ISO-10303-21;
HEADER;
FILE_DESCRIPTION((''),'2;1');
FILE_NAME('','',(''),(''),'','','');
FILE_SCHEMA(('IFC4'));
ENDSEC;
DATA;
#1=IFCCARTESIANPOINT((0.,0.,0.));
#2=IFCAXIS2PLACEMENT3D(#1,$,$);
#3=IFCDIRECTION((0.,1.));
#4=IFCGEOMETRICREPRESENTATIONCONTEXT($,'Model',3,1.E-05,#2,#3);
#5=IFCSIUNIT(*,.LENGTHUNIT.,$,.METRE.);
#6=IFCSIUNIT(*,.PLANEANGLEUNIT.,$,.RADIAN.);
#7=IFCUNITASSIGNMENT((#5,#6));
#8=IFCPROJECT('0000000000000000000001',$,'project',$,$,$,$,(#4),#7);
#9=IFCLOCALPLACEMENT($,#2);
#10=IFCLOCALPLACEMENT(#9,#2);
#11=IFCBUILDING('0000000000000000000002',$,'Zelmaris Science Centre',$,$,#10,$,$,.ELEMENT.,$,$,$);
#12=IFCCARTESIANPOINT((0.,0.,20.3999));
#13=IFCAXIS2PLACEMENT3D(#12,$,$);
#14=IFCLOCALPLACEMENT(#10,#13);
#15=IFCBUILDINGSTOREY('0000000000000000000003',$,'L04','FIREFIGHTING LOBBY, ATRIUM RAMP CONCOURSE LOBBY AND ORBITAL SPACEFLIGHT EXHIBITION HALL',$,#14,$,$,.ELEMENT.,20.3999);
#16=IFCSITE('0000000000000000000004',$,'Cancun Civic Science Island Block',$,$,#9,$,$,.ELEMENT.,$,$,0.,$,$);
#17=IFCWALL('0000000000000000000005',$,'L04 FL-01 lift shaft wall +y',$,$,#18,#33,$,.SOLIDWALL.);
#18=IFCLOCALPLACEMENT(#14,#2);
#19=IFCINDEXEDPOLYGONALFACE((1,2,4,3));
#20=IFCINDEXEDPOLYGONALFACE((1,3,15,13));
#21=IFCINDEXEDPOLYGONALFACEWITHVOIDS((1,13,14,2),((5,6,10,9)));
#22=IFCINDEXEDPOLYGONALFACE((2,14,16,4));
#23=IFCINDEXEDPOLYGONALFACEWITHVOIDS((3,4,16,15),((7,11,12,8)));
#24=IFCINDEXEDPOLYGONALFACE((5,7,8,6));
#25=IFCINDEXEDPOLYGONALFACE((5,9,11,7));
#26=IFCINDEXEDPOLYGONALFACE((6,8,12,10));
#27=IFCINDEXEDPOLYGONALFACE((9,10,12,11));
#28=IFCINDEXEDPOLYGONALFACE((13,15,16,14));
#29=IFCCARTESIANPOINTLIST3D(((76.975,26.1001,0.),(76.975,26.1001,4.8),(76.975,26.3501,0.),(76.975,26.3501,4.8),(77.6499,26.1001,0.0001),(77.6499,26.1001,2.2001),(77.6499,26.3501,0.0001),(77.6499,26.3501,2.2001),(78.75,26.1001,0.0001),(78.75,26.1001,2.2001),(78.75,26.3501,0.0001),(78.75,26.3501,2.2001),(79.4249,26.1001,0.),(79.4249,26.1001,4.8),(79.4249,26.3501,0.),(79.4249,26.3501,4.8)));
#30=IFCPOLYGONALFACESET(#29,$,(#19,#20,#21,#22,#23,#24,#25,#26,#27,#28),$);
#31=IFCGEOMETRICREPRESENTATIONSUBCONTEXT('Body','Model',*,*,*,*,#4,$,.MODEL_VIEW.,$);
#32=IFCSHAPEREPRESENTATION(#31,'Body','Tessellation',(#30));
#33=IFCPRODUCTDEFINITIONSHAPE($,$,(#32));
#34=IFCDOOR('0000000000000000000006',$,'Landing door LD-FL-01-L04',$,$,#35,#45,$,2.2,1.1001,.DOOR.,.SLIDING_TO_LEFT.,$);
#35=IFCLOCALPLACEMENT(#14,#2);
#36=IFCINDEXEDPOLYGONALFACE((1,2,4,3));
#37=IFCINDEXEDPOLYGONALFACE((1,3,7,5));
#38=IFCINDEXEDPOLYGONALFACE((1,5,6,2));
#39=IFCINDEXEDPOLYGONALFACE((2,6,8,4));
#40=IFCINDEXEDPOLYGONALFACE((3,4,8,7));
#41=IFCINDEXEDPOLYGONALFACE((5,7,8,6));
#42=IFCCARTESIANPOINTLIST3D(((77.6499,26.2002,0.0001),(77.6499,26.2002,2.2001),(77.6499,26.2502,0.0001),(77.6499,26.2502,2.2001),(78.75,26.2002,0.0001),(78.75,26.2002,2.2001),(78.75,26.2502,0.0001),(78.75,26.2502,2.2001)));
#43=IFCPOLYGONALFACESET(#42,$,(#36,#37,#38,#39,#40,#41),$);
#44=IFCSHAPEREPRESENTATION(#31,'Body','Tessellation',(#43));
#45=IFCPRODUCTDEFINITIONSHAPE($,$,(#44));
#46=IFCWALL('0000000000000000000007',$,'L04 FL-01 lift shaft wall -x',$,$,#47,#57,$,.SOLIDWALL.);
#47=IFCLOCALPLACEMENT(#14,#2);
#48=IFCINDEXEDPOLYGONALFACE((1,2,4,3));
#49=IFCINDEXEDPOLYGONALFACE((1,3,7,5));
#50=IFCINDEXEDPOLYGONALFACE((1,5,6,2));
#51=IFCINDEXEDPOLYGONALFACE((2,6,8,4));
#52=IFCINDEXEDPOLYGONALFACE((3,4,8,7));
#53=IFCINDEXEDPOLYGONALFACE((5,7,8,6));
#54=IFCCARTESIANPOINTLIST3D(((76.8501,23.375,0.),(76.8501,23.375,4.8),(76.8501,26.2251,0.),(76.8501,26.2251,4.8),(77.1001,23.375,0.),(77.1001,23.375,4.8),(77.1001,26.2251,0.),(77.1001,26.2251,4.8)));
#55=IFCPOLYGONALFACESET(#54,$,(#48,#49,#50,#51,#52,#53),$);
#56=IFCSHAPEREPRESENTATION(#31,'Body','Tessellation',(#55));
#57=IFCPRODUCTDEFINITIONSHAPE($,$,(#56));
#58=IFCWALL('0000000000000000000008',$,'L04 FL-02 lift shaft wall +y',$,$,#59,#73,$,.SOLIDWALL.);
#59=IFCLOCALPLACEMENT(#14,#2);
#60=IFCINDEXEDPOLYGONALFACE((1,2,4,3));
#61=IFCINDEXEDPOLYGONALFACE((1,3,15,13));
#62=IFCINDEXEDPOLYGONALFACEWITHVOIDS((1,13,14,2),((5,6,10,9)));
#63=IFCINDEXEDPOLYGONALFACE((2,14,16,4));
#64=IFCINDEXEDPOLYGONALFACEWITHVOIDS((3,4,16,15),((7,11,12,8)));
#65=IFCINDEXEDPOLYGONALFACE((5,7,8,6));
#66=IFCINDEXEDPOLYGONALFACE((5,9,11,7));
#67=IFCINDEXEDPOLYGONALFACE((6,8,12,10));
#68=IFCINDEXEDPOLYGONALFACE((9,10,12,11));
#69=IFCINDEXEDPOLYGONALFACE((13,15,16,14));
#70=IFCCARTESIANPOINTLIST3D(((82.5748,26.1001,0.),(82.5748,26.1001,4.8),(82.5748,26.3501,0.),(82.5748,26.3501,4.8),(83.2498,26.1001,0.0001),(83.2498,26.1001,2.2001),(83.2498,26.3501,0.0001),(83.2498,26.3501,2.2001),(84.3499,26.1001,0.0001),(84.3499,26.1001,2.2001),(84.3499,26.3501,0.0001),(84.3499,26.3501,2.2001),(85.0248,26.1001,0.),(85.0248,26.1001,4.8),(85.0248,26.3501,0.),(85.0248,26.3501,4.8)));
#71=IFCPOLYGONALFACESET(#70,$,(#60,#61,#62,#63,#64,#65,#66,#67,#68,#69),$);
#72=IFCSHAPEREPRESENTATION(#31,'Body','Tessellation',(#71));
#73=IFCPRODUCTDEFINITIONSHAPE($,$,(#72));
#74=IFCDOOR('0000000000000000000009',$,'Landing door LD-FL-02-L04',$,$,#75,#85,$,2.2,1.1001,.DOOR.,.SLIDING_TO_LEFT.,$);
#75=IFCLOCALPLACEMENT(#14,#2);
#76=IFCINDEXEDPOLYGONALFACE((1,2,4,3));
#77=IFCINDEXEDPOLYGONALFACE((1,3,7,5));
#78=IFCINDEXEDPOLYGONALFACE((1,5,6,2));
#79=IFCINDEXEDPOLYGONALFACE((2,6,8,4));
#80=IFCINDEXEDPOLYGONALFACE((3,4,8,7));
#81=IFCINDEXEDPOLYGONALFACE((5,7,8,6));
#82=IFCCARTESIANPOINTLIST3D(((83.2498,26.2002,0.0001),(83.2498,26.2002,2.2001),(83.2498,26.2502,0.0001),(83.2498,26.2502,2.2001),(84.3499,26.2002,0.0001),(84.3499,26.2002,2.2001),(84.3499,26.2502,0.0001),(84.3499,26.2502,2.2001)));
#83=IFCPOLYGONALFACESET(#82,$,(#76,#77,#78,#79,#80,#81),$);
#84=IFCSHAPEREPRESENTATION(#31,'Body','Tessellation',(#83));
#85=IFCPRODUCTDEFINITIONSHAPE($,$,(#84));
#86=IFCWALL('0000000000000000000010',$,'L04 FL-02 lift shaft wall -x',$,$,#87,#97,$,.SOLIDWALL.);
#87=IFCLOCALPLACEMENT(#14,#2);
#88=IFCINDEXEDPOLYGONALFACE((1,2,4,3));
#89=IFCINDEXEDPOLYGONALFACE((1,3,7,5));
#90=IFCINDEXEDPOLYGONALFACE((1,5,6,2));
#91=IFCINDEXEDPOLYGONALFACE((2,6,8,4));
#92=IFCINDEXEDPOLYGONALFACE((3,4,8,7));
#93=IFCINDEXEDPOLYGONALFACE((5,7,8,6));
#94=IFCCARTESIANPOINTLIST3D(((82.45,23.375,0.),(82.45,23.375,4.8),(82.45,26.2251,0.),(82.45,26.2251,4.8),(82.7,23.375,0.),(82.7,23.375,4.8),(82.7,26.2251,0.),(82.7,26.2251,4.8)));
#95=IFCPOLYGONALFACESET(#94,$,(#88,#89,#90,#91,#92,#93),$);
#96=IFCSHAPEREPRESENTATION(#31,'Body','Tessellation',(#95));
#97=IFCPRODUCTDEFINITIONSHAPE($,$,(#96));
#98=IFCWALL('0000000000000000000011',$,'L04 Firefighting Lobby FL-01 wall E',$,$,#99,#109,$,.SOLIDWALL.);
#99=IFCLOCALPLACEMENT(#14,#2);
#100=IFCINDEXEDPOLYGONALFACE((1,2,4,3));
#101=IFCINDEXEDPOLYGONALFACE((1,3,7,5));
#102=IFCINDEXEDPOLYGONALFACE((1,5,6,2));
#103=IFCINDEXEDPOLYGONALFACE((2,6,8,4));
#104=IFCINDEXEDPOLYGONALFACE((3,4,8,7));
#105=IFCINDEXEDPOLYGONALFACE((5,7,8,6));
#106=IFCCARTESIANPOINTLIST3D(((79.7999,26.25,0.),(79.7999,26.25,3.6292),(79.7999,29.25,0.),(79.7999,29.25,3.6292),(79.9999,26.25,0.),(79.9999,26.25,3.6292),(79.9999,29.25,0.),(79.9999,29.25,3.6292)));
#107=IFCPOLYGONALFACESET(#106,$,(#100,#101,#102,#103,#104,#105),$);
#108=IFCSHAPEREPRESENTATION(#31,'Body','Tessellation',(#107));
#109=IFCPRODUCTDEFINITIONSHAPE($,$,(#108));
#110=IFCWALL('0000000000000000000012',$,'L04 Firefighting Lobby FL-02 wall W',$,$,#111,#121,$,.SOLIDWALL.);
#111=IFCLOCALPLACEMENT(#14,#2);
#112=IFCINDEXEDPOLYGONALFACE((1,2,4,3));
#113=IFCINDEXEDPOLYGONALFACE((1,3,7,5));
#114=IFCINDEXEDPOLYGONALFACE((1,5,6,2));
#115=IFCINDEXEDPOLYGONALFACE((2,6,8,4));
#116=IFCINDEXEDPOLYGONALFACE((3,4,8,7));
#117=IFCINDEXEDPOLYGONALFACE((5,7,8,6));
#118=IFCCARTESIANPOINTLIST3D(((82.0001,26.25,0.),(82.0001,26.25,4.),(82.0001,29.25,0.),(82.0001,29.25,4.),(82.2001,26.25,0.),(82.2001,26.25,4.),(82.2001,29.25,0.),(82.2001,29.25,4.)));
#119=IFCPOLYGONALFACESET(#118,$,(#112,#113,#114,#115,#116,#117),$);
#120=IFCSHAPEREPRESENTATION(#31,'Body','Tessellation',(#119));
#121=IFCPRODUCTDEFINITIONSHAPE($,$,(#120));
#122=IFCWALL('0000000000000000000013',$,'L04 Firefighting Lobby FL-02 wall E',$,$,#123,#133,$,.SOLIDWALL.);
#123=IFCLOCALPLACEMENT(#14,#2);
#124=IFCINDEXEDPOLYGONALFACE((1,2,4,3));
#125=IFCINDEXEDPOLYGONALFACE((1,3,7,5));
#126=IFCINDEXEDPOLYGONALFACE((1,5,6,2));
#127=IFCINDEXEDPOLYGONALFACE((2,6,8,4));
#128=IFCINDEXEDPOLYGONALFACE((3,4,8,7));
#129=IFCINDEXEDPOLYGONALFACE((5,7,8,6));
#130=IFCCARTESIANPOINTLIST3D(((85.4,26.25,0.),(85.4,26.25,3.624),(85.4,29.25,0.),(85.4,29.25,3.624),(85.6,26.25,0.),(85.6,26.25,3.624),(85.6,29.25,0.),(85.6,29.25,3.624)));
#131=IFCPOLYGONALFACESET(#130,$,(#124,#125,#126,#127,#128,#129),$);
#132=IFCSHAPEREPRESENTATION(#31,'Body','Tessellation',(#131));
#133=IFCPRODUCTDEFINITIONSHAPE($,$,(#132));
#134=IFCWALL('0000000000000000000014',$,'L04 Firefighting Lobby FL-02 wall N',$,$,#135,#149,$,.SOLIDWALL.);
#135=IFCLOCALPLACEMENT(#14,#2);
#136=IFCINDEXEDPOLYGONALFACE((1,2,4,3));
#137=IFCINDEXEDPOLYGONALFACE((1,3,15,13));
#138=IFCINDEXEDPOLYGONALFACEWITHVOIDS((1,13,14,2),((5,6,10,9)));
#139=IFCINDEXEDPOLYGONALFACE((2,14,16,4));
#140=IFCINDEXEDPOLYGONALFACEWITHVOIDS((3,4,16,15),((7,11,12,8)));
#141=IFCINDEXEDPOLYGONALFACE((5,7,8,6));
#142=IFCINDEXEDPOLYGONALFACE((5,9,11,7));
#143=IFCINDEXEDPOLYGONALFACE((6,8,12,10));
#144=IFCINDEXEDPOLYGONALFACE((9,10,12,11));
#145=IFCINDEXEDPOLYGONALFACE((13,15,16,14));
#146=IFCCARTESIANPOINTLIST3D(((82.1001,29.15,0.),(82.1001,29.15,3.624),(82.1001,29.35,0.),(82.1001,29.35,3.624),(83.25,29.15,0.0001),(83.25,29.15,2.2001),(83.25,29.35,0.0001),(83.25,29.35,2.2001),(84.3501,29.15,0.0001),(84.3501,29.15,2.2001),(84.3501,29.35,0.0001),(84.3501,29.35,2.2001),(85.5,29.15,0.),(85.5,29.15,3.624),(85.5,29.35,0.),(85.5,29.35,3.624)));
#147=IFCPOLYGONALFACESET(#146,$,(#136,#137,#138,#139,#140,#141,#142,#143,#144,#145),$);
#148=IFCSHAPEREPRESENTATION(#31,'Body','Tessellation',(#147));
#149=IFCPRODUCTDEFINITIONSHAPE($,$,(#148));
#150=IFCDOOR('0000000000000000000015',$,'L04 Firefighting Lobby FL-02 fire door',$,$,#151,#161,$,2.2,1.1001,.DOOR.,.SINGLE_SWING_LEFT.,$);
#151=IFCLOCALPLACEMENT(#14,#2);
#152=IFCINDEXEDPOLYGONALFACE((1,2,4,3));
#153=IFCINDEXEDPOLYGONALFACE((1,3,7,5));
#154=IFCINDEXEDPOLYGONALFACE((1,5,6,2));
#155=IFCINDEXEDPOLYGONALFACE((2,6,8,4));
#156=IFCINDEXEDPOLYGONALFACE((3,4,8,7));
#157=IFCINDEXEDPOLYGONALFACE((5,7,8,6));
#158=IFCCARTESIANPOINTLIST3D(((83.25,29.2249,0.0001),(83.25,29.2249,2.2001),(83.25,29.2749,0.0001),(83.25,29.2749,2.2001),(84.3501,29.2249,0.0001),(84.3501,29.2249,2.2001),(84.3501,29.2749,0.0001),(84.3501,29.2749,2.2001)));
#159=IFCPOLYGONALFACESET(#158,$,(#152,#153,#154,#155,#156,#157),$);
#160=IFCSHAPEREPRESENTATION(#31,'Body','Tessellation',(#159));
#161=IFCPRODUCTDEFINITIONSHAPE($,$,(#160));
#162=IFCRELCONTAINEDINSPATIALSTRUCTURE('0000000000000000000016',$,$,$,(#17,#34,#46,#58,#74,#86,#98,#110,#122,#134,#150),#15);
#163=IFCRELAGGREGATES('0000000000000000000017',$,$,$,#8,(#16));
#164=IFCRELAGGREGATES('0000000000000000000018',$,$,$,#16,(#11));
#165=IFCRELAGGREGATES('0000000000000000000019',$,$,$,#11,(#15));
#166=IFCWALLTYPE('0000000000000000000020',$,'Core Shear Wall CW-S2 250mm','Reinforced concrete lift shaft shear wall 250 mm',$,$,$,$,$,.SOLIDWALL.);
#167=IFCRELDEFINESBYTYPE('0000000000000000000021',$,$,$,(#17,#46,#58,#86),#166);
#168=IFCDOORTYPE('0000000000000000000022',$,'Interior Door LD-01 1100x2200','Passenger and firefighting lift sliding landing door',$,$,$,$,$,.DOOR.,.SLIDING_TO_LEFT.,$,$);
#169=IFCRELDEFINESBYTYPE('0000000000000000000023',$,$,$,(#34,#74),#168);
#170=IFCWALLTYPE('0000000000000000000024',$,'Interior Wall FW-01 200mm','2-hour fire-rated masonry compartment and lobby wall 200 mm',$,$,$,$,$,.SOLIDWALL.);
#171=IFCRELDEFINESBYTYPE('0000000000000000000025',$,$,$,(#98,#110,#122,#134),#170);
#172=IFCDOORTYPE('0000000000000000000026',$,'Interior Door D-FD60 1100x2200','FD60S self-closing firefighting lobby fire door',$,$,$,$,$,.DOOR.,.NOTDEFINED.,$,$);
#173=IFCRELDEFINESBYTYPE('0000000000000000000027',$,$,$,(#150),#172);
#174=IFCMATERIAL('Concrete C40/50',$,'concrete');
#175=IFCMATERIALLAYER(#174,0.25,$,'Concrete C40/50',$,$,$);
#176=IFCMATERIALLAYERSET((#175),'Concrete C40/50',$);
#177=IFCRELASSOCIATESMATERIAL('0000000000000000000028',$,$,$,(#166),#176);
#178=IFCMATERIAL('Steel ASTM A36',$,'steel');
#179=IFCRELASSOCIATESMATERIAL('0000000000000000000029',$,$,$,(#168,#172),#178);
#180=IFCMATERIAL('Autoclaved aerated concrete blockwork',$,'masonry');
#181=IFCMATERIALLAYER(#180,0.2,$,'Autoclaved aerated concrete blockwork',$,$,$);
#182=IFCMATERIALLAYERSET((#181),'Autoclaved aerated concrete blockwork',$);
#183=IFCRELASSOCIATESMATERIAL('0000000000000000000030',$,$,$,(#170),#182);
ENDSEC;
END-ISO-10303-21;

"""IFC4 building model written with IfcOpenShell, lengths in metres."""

from ifc_helpers import new_model, si_unit, direction, frame, frame_2d, origin, place, context, subcontext, project, spatial, rectangle, extrude, material, layer, layer_set, type_object, element, fill, save


model = new_model("IFC4")

# Units and contexts
model_context = context("Model", 3, precision=1e-05, world=origin(), true_north=direction((0.0, 1.0)))
body_context = subcontext(model_context, "Body", "Model", "MODEL_VIEW")
ifc_project = project(units=[si_unit("LENGTHUNIT", "METRE"), si_unit("PLANEANGLEUNIT", "RADIAN")], contexts=[model_context])

# Site, building, storey
site_placement = place(None, origin())
site = spatial("IfcSite", under=ifc_project, at=site_placement, Name="Cancun Civic Science Island Block", CompositionType="ELEMENT", RefElevation=0.0)
building_placement = place(site_placement, origin())
building = spatial("IfcBuilding", under=site, at=building_placement, Name="Zelmaris Science Centre", CompositionType="ELEMENT")
storey_placement = place(building_placement, frame((0.0, 0.0, 20.3999)))
storey = spatial("IfcBuildingStorey", under=building, at=storey_placement, Name="L04", Description="FIREFIGHTING LOBBY, ATRIUM RAMP CONCOURSE LOBBY AND ORBITAL SPACEFLIGHT EXHIBITION HALL", CompositionType="ELEMENT", Elevation=20.3999)

# Shared definitions
ifc_material_1 = material(Name="Concrete C40/50", Category="concrete")

# Wall, opening, door
ifc_layer_1 = layer(ifc_material_1, 0.25, Name="Concrete C40/50")
ifc_layer_set_1 = layer_set([ifc_layer_1], Name="Concrete C40/50")
wall_type_1 = type_object("IfcWallType", Name="Core Shear Wall CW-S2 250mm", Description="Reinforced concrete lift shaft shear wall 250 mm", PredefinedType="SOLIDWALL", material=ifc_layer_set_1)
wall_1_placement = place(storey_placement, frame((79.425, 26.2251, 0.0), z_axis=(0.0, 0.0, 1.0), x_axis=(-1.0, 0.0, 0.0)))
wall_1 = element("IfcWall", 1, at=wall_1_placement, inside=storey, type_object=wall_type_1, Name="L04 FL-01 lift shaft wall +y", PredefinedType="SOLIDWALL", context=body_context, shape_type="SweptSolid", body=[
    extrude(rectangle(XDim=2.45, YDim=0.25, at=frame_2d((1.2251, 0.0))), origin(), (0.0, 0.0, 1.0), 4.8),
])
opening_1_placement = place(wall_1_placement, frame((0.675, 0.0, 0.0)))
opening_1 = element("IfcOpeningElement", 2, at=opening_1_placement, cuts=wall_1, PredefinedType="OPENING", context=body_context, shape_type="SweptSolid", body=[
    extrude(rectangle(XDim=1.1001, YDim=2.2, at=frame_2d((0.55, 1.1001))), frame((0.0, 0.135, 0.0), z_axis=(0.0, -1.0, 0.0), x_axis=(1.0, 0.0, 0.0)), (0.0, 0.0, 1.0), 0.27),
])
ifc_material_2 = material(Name="Steel ASTM A36", Category="steel")
door_type_1 = type_object("IfcDoorType", Name="Interior Door LD-01 1100x2200", Description="Passenger and firefighting lift sliding landing door", OperationType="SLIDING_TO_LEFT", PredefinedType="DOOR", material=ifc_material_2)
door_1_placement = place(opening_1_placement, origin())
door_1 = element("IfcDoor", 3, at=door_1_placement, inside=storey, type_object=door_type_1, Name="Landing door LD-FL-01-L04", OperationType="SLIDING_TO_LEFT", OverallHeight=2.2, OverallWidth=1.1001, PredefinedType="DOOR", context=body_context, shape_type="SweptSolid", body=[
    extrude(rectangle(XDim=1.1001, YDim=2.2, at=frame_2d((0.55, 1.1001))), frame((0.0, 0.0249, 0.0), z_axis=(0.0, -1.0, 0.0), x_axis=(1.0, 0.0, 0.0)), (0.0, 0.0, 1.0), 0.05),
])
fill(opening_1, door_1)

# Wall
wall_2_placement = place(storey_placement, frame((76.9751, 26.2251, 0.0), z_axis=(0.0, 0.0, 1.0), x_axis=(0.0, -1.0, 0.0)))
element("IfcWall", 4, at=wall_2_placement, inside=storey, type_object=wall_type_1, Name="L04 FL-01 lift shaft wall -x", PredefinedType="SOLIDWALL", context=body_context, shape_type="SweptSolid", body=[
    extrude(rectangle(XDim=2.8501, YDim=0.25, at=frame_2d((1.425, 0.0))), origin(), (0.0, 0.0, 1.0), 4.8),
])

# Wall, opening, door
wall_3_placement = place(storey_placement, frame((85.0249, 26.2251, 0.0), z_axis=(0.0, 0.0, 1.0), x_axis=(-1.0, 0.0, 0.0)))
wall_3 = element("IfcWall", 5, at=wall_3_placement, inside=storey, type_object=wall_type_1, Name="L04 FL-02 lift shaft wall +y", PredefinedType="SOLIDWALL", context=body_context, shape_type="SweptSolid", body=[
    extrude(rectangle(XDim=2.45, YDim=0.25, at=frame_2d((1.2251, 0.0))), origin(), (0.0, 0.0, 1.0), 4.8),
])
opening_2_placement = place(wall_3_placement, frame((0.675, 0.0, 0.0)))
opening_2 = element("IfcOpeningElement", 6, at=opening_2_placement, cuts=wall_3, PredefinedType="OPENING", context=body_context, shape_type="SweptSolid", body=[
    extrude(rectangle(XDim=1.1001, YDim=2.2, at=frame_2d((0.55, 1.1001))), frame((0.0, 0.135, 0.0), z_axis=(0.0, -1.0, 0.0), x_axis=(1.0, 0.0, 0.0)), (0.0, 0.0, 1.0), 0.27),
])
door_2_placement = place(opening_2_placement, origin())
door_2 = element("IfcDoor", 7, at=door_2_placement, inside=storey, type_object=door_type_1, Name="Landing door LD-FL-02-L04", OperationType="SLIDING_TO_LEFT", OverallHeight=2.2, OverallWidth=1.1001, PredefinedType="DOOR", context=body_context, shape_type="SweptSolid", body=[
    extrude(rectangle(XDim=1.1001, YDim=2.2, at=frame_2d((0.55, 1.1001))), frame((0.0, 0.0249, 0.0), z_axis=(0.0, -1.0, 0.0), x_axis=(1.0, 0.0, 0.0)), (0.0, 0.0, 1.0), 0.05),
])
fill(opening_2, door_2)

# Walls
wall_4_placement = place(storey_placement, frame((82.575, 26.2251, 0.0), z_axis=(0.0, 0.0, 1.0), x_axis=(0.0, -1.0, 0.0)))
element("IfcWall", 8, at=wall_4_placement, inside=storey, type_object=wall_type_1, Name="L04 FL-02 lift shaft wall -x", PredefinedType="SOLIDWALL", context=body_context, shape_type="SweptSolid", body=[
    extrude(rectangle(XDim=2.8501, YDim=0.25, at=frame_2d((1.425, 0.0))), origin(), (0.0, 0.0, 1.0), 4.8),
])
ifc_material_3 = material(Name="Autoclaved aerated concrete blockwork", Category="masonry")
ifc_layer_2 = layer(ifc_material_3, 0.2, Name="Autoclaved aerated concrete blockwork")
ifc_layer_set_2 = layer_set([ifc_layer_2], Name="Autoclaved aerated concrete blockwork")
wall_type_2 = type_object("IfcWallType", Name="Interior Wall FW-01 200mm", Description="2-hour fire-rated masonry compartment and lobby wall 200 mm", PredefinedType="SOLIDWALL", material=ifc_layer_set_2)
wall_5_placement = place(storey_placement, frame((79.8999, 26.25, 0.0), z_axis=(0.0, 0.0, 1.0), x_axis=(0.0, 1.0, 0.0)))
element("IfcWall", 9, at=wall_5_placement, inside=storey, type_object=wall_type_2, Name="L04 Firefighting Lobby FL-01 wall E", PredefinedType="SOLIDWALL", context=body_context, shape_type="SweptSolid", body=[
    extrude(rectangle(XDim=3.0, YDim=0.2, at=frame_2d((1.5, 0.0))), origin(), (0.0, 0.0, 1.0), 3.6292),
])
wall_6_placement = place(storey_placement, frame((82.1001, 26.25, 0.0), z_axis=(0.0, 0.0, 1.0), x_axis=(0.0, 1.0, 0.0)))
element("IfcWall", 10, at=wall_6_placement, inside=storey, type_object=wall_type_2, Name="L04 Firefighting Lobby FL-02 wall W", PredefinedType="SOLIDWALL", context=body_context, shape_type="SweptSolid", body=[
    extrude(rectangle(XDim=3.0, YDim=0.2, at=frame_2d((1.5, 0.0))), origin(), (0.0, 0.0, 1.0), 4.0),
])
wall_7_placement = place(storey_placement, frame((85.5, 26.25, 0.0), z_axis=(0.0, 0.0, 1.0), x_axis=(0.0, 1.0, 0.0)))
element("IfcWall", 11, at=wall_7_placement, inside=storey, type_object=wall_type_2, Name="L04 Firefighting Lobby FL-02 wall E", PredefinedType="SOLIDWALL", context=body_context, shape_type="SweptSolid", body=[
    extrude(rectangle(XDim=3.0, YDim=0.2, at=frame_2d((1.5, 0.0))), origin(), (0.0, 0.0, 1.0), 3.624),
])

# Wall, opening, door
wall_8_placement = place(storey_placement, frame((82.1001, 29.25, 0.0), z_axis=(0.0, 0.0, 1.0), x_axis=(1.0, 0.0, 0.0)))
wall_8 = element("IfcWall", 12, at=wall_8_placement, inside=storey, type_object=wall_type_2, Name="L04 Firefighting Lobby FL-02 wall N", PredefinedType="SOLIDWALL", context=body_context, shape_type="SweptSolid", body=[
    extrude(rectangle(XDim=3.3999, YDim=0.2, at=frame_2d((1.7, 0.0))), origin(), (0.0, 0.0, 1.0), 3.624),
])
opening_3_placement = place(wall_8_placement, frame((1.1499, 0.0, 0.0)))
opening_3 = element("IfcOpeningElement", 13, at=opening_3_placement, cuts=wall_8, PredefinedType="OPENING", context=body_context, shape_type="SweptSolid", body=[
    extrude(rectangle(XDim=1.1001, YDim=2.2, at=frame_2d((0.55, 1.1001))), frame((0.0, 0.1099, 0.0), z_axis=(0.0, -1.0, 0.0), x_axis=(1.0, 0.0, 0.0)), (0.0, 0.0, 1.0), 0.22),
])
door_type_2 = type_object("IfcDoorType", Name="Interior Door D-FD60 1100x2200", Description="FD60S self-closing firefighting lobby fire door", OperationType="NOTDEFINED", PredefinedType="DOOR", material=ifc_material_2)
door_3_placement = place(opening_3_placement, origin())
door_3 = element("IfcDoor", 14, at=door_3_placement, inside=storey, type_object=door_type_2, Name="L04 Firefighting Lobby FL-02 fire door", OperationType="SINGLE_SWING_LEFT", OverallHeight=2.2, OverallWidth=1.1001, PredefinedType="DOOR", context=body_context, shape_type="SweptSolid", body=[
    extrude(rectangle(XDim=1.1001, YDim=2.2, at=frame_2d((0.55, 1.1001))), frame((0.0, 0.0249, 0.0), z_axis=(0.0, -1.0, 0.0), x_axis=(1.0, 0.0, 0.0)), (0.0, 0.0, 1.0), 0.05),
])
fill(opening_3, door_3)

save(model, "model.ifc")
